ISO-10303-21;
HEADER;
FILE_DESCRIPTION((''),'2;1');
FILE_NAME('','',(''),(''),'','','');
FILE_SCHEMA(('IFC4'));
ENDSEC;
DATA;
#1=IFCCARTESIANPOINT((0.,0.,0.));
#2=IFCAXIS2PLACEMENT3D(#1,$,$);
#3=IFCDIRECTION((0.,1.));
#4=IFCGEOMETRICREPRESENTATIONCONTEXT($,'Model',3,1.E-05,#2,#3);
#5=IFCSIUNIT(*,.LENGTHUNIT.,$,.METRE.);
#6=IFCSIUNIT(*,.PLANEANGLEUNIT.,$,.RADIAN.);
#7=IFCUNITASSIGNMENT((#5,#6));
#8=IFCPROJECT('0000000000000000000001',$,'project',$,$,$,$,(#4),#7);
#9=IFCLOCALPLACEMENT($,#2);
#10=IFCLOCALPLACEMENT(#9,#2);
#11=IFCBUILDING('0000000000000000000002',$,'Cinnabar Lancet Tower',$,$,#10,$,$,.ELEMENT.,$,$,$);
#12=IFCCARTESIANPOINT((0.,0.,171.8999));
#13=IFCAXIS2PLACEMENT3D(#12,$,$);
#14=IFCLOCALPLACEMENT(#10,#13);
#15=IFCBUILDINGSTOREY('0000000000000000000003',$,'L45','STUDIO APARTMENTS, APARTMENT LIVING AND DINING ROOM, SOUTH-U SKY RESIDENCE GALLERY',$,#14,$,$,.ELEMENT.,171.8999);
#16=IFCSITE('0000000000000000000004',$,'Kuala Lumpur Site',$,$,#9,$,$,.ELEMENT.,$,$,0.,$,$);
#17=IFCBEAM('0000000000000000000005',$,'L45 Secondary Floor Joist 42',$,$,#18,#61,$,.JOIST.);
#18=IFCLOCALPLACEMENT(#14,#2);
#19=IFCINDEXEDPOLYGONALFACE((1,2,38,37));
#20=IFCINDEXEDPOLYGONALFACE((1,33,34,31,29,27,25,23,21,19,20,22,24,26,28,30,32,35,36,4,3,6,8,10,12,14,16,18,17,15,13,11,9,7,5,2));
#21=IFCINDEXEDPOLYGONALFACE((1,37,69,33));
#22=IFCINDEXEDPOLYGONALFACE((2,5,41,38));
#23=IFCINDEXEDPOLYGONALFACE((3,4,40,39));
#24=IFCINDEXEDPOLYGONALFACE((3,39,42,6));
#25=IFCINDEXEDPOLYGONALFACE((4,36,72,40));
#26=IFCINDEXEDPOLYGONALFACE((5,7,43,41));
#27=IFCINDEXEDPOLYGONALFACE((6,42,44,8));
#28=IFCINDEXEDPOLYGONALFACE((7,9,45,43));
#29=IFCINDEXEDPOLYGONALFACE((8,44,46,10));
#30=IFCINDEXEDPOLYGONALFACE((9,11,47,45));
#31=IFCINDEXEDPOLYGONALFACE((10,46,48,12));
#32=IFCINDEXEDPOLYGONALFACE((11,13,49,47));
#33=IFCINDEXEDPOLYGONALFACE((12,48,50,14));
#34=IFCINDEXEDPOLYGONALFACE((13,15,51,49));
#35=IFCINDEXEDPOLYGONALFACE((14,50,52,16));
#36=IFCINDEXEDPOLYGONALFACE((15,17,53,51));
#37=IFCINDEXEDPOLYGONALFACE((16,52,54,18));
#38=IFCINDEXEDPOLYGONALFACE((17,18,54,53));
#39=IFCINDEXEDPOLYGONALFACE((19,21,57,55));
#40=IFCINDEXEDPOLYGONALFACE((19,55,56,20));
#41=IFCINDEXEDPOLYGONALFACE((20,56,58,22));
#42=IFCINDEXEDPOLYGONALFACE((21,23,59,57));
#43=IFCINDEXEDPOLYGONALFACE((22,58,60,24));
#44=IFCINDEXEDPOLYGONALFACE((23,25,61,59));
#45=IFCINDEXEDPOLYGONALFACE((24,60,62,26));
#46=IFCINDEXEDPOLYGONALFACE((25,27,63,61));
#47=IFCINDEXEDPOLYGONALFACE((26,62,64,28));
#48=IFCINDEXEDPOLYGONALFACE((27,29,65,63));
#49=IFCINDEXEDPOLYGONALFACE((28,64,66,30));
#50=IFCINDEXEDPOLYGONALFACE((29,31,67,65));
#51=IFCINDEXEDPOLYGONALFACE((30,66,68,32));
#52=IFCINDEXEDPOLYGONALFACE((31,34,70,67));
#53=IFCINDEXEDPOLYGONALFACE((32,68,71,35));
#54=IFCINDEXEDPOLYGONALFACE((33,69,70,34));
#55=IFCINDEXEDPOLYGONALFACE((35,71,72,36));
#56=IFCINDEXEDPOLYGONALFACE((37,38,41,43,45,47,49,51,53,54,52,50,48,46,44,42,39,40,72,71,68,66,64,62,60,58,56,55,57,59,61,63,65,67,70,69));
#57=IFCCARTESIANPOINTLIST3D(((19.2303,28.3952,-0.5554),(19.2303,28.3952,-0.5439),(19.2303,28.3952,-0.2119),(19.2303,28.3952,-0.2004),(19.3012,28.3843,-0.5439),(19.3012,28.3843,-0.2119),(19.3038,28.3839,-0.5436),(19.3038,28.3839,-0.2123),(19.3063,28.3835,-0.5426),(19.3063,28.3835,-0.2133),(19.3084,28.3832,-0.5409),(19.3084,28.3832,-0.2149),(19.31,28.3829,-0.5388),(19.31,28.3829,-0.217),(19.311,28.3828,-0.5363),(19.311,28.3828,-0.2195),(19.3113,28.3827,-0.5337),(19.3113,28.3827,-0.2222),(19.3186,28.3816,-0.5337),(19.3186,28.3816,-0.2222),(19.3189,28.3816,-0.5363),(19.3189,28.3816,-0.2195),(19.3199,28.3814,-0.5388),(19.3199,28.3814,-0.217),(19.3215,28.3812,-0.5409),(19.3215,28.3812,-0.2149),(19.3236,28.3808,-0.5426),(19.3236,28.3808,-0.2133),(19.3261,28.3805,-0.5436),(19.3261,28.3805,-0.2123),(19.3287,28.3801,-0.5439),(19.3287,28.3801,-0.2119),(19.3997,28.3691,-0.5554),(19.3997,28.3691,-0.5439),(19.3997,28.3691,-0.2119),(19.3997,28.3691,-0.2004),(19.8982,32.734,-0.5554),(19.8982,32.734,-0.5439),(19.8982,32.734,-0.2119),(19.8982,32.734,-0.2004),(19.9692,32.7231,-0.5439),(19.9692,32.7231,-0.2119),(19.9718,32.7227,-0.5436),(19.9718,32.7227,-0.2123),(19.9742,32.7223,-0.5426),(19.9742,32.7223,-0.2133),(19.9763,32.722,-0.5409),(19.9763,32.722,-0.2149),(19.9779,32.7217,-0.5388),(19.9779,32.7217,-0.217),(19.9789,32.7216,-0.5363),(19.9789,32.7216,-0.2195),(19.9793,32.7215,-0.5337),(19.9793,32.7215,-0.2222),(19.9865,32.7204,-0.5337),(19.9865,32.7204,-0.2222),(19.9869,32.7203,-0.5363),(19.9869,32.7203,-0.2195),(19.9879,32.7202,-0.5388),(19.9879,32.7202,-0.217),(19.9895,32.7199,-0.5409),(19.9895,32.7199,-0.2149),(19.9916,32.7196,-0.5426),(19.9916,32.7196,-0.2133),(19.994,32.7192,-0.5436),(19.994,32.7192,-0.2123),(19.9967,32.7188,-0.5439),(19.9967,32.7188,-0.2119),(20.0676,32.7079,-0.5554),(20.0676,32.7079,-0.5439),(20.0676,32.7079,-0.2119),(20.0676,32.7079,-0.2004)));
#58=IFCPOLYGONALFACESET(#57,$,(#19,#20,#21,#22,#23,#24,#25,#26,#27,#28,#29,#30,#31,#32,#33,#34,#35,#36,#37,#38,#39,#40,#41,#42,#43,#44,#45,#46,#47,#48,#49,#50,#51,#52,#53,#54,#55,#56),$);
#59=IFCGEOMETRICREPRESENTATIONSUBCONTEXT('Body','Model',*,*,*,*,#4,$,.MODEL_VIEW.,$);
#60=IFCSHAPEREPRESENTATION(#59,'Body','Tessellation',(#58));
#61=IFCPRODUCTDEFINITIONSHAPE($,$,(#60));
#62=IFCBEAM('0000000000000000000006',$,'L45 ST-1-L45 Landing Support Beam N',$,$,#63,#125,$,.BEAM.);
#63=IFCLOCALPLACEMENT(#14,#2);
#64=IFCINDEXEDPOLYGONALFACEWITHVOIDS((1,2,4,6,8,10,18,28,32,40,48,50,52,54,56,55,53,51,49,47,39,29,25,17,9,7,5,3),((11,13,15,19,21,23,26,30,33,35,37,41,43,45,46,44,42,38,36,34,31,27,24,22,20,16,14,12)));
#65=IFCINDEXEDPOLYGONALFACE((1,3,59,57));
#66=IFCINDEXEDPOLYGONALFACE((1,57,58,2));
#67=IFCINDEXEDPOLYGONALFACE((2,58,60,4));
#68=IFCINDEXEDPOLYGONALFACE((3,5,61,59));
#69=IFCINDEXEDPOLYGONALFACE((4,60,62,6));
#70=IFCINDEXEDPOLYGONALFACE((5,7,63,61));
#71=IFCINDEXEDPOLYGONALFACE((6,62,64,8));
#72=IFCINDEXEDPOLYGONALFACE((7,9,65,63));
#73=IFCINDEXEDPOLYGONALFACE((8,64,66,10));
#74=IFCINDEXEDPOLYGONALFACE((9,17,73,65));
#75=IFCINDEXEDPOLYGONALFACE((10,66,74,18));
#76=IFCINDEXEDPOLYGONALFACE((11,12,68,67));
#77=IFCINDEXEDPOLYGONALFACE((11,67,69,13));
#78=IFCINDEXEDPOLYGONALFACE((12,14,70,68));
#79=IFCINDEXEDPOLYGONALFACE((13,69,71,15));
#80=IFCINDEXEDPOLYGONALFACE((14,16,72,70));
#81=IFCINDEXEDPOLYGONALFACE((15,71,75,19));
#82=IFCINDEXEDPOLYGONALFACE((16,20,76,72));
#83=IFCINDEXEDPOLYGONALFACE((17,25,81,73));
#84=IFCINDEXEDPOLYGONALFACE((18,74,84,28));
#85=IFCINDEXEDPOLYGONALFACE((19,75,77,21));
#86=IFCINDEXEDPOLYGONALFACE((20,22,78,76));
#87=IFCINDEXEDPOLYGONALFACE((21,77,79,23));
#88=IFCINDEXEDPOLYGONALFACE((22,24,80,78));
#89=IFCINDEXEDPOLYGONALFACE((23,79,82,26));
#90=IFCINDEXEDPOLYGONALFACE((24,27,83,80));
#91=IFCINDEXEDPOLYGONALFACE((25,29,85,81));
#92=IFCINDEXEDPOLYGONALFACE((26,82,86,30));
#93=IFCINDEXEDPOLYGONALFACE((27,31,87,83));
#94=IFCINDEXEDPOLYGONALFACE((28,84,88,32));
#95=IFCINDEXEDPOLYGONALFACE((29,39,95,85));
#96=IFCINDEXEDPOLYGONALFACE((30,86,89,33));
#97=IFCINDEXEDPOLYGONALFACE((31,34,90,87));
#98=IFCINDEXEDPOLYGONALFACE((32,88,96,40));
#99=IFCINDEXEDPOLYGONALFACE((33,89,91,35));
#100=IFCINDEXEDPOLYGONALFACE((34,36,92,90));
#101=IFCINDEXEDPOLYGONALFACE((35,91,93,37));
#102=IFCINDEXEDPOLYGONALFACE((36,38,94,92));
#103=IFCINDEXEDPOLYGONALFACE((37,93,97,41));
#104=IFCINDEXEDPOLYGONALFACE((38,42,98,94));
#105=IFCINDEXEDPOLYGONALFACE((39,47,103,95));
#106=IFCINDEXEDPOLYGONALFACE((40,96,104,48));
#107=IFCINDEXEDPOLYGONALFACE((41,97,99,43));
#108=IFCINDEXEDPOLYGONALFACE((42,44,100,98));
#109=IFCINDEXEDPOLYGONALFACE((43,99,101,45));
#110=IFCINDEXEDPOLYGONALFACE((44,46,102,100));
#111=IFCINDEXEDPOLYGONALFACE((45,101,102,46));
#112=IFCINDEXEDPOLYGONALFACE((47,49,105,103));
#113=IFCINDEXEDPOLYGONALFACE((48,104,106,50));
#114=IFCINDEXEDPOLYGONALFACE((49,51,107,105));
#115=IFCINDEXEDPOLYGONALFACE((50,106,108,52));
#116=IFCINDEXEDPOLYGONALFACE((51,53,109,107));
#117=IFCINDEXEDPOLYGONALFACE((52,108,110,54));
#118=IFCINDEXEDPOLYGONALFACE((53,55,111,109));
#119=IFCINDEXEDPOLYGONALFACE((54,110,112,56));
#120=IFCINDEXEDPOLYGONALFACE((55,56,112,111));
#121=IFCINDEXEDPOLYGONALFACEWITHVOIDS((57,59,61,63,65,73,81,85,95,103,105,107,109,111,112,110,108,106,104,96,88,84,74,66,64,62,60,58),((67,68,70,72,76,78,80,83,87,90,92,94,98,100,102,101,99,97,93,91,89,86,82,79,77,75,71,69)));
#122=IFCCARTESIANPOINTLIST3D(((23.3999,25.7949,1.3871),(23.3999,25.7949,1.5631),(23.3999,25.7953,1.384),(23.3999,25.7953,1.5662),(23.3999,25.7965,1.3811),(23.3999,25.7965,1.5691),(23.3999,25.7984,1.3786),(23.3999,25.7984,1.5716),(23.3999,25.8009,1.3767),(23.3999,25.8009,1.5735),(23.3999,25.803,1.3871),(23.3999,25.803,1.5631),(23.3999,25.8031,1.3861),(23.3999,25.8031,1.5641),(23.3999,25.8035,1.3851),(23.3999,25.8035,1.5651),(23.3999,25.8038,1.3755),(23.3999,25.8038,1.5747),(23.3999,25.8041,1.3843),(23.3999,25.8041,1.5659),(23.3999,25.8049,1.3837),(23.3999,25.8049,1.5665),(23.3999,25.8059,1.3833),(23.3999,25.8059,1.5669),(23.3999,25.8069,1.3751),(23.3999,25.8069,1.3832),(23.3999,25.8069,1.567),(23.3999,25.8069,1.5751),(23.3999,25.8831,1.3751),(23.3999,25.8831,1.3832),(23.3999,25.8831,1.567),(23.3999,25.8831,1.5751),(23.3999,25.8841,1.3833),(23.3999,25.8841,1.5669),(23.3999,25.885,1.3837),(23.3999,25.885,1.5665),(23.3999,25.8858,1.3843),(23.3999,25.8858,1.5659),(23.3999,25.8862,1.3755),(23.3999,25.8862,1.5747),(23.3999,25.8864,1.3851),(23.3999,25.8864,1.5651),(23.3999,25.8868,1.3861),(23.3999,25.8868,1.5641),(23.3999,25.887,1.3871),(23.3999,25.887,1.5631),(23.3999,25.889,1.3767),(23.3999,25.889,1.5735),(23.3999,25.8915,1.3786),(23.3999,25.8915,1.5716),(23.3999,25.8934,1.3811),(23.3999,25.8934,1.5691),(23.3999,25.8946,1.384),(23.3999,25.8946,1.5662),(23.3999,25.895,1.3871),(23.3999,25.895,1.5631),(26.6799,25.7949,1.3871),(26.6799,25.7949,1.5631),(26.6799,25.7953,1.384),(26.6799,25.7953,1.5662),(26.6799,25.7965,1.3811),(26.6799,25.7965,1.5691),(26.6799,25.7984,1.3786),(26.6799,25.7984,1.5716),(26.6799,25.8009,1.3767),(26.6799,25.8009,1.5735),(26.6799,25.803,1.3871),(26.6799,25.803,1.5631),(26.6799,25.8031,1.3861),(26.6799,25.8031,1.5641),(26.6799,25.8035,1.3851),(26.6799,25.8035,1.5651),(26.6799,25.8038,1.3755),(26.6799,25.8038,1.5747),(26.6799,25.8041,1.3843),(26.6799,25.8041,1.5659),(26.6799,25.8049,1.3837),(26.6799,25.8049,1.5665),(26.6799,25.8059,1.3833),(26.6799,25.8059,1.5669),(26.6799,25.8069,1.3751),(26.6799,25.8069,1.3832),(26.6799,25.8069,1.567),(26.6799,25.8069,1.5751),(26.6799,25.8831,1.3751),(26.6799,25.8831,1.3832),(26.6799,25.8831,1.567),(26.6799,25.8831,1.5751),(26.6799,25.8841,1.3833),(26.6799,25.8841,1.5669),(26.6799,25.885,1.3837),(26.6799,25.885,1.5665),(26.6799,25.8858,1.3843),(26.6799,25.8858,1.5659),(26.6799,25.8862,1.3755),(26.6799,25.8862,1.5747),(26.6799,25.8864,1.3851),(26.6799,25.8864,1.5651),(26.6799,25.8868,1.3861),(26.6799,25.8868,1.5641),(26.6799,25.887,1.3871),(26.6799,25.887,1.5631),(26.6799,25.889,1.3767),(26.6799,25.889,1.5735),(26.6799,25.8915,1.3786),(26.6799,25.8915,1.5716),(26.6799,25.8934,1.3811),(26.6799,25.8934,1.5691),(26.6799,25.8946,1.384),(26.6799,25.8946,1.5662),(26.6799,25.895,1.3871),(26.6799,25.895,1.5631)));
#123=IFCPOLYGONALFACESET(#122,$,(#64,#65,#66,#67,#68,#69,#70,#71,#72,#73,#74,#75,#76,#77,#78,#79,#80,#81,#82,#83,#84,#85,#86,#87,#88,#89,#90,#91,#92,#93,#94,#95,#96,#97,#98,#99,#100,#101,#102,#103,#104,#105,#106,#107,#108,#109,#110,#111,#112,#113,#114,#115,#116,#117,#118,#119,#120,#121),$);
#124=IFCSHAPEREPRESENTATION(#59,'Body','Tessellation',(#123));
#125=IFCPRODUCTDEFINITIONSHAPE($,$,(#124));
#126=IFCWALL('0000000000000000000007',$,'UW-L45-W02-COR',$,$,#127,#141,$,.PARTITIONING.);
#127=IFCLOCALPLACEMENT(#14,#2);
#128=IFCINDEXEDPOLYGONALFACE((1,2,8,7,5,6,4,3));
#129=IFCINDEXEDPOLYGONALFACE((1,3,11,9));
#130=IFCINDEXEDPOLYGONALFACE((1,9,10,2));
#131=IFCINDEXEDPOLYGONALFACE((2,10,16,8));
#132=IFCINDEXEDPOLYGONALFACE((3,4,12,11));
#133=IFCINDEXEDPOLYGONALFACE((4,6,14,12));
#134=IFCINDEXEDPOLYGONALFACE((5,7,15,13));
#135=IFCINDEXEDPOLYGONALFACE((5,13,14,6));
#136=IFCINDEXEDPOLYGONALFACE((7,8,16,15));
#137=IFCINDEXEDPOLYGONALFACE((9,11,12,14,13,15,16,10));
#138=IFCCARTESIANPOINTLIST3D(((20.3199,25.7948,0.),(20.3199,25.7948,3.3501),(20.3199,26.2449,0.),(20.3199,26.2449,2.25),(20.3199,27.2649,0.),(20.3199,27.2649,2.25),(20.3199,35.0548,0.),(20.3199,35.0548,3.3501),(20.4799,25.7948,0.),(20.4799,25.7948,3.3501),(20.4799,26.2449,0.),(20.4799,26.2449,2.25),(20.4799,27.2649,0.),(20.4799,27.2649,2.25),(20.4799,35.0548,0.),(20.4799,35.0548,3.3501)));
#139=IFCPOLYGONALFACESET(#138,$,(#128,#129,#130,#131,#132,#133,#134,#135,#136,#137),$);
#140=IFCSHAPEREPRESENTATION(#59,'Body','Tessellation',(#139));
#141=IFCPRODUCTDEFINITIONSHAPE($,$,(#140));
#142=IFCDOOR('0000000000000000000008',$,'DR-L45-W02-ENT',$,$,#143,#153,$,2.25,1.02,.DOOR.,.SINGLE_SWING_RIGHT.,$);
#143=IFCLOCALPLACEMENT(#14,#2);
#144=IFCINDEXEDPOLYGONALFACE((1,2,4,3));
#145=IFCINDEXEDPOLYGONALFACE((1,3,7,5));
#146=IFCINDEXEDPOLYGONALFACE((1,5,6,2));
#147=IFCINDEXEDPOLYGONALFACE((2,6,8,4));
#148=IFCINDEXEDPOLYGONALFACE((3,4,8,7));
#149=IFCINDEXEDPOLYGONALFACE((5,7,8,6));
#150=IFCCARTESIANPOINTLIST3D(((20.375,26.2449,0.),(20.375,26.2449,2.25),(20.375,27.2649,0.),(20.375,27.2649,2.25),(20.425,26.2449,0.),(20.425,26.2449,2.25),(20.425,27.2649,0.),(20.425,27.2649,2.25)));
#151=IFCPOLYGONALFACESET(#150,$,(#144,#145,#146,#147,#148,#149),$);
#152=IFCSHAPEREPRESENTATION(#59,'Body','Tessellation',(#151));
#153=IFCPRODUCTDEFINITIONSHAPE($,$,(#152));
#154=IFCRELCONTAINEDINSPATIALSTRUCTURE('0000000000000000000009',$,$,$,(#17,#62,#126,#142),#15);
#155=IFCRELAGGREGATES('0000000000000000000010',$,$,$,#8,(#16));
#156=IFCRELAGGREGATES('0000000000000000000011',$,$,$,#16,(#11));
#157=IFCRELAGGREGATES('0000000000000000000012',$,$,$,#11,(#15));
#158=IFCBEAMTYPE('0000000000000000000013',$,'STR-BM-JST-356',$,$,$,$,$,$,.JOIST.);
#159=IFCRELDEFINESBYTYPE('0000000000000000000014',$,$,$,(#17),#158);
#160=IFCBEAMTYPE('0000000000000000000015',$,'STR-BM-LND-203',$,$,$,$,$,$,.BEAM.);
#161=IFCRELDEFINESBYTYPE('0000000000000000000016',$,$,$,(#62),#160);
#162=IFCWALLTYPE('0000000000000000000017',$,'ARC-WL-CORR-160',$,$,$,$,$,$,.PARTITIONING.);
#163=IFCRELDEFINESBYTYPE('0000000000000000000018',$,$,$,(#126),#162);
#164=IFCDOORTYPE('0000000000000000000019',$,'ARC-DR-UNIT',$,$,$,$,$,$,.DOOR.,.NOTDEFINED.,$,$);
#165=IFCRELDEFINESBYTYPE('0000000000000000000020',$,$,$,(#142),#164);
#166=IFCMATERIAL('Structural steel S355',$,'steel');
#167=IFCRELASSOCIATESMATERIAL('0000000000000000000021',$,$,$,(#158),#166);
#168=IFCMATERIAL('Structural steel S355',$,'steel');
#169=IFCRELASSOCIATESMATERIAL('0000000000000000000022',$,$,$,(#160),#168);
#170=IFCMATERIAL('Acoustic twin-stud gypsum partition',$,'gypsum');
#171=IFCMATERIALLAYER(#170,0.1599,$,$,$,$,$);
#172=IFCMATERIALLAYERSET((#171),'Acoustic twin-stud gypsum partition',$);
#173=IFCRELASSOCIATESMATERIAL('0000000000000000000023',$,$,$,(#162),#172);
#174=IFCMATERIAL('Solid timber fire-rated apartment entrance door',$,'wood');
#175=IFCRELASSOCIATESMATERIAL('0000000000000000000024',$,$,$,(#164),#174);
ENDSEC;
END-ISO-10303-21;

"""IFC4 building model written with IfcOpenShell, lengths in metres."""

from ifc_helpers import new_model, si_unit, direction, frame, frame_2d, origin, origin_2d, place, context, subcontext, project, spatial, rectangle, hollow_rectangle, i_section, extrude, material, layer, layer_set, material_profile, profile_set, type_object, element, fill, save


model = new_model("IFC4")

# Units and contexts
model_context = context("Model", 3, precision=1e-05, world=origin(), true_north=direction((0.0, 1.0)))
body_context = subcontext(model_context, "Body", "Model", "MODEL_VIEW")
ifc_project = project(units=[si_unit("LENGTHUNIT", "METRE"), si_unit("PLANEANGLEUNIT", "RADIAN")], contexts=[model_context])

# Site, building, storey
site_placement = place(None, origin())
site = spatial("IfcSite", under=ifc_project, at=site_placement, Name="Kuala Lumpur Site", CompositionType="ELEMENT", RefElevation=0.0)
building_placement = place(site_placement, origin())
building = spatial("IfcBuilding", under=site, at=building_placement, Name="Cinnabar Lancet Tower", CompositionType="ELEMENT")
storey_placement = place(building_placement, frame((0.0, 0.0, 171.8999)))
storey = spatial("IfcBuildingStorey", under=building, at=storey_placement, Name="L45", Description="STUDIO APARTMENTS, APARTMENT LIVING AND DINING ROOM, SOUTH-U SKY RESIDENCE GALLERY", CompositionType="ELEMENT", Elevation=171.8999)

# Beams
ifc_material_1 = material(Name="Structural steel S355", Category="steel")
ifc_material_profile_1 = material_profile(ifc_material_1, i_section(OverallWidth=0.1714, OverallDepth=0.355, WebThickness=0.0073, FlangeThickness=0.0115, FilletRadius=0.0103, at=origin_2d()), Name="UKB 356x171x51")
ifc_profile_set_1 = profile_set([ifc_material_profile_1], Name="Structural steel S355")
beam_type_1 = type_object("IfcBeamType", Name="STR-BM-JST-356", PredefinedType="JOIST", material=ifc_profile_set_1)
beam_1_placement = place(storey_placement, frame((19.9829, 32.7209, -0.3779), z_axis=(-0.152157, -0.988356, 0.0), x_axis=(0.988356, -0.152157, 0.0)))
element("IfcBeam", 1, at=beam_1_placement, inside=storey, type_object=beam_type_1, Name="L45 Secondary Floor Joist 42", PredefinedType="JOIST", context=body_context, shape_type="SweptSolid", body=[
    extrude(i_section(OverallWidth=0.1714, OverallDepth=0.355, WebThickness=0.0073, FlangeThickness=0.0115, FilletRadius=0.0103, at=origin_2d()), origin(), (0.0, 0.0, 1.0), 4.3899),
])
ifc_material_2 = material(Name="Structural steel S355", Category="steel")
ifc_material_profile_2 = material_profile(ifc_material_2, hollow_rectangle(XDim=0.1001, YDim=0.2, WallThickness=0.0081, InnerFilletRadius=0.0039, OuterFilletRadius=0.012, at=origin_2d()), Name="RHS 200x100x8")
ifc_profile_set_2 = profile_set([ifc_material_profile_2], Name="Structural steel S355")
beam_type_2 = type_object("IfcBeamType", Name="STR-BM-LND-203", PredefinedType="BEAM", material=ifc_profile_set_2)
beam_2_placement = place(storey_placement, frame((23.3999, 25.845, 1.4751), z_axis=(1.0, 0.0, 0.0), x_axis=(0.0, 1.0, 0.0)))
element("IfcBeam", 2, at=beam_2_placement, inside=storey, type_object=beam_type_2, Name="L45 ST-1-L45 Landing Support Beam N", PredefinedType="BEAM", context=body_context, shape_type="SweptSolid", body=[
    extrude(hollow_rectangle(XDim=0.1001, YDim=0.2, WallThickness=0.0081, InnerFilletRadius=0.0039, OuterFilletRadius=0.012, at=origin_2d()), origin(), (0.0, 0.0, 1.0), 3.28),
])

# Wall, opening, door
ifc_material_3 = material(Name="Acoustic twin-stud gypsum partition", Category="gypsum")
ifc_layer_1 = layer(ifc_material_3, 0.1599)
ifc_layer_set_1 = layer_set([ifc_layer_1], Name="Acoustic twin-stud gypsum partition")
wall_type_1 = type_object("IfcWallType", Name="ARC-WL-CORR-160", PredefinedType="PARTITIONING", material=ifc_layer_set_1)
wall_1_placement = place(storey_placement, frame((20.3999, 25.7949, 0.0), z_axis=(0.0, 0.0, 1.0), x_axis=(0.0, 1.0, 0.0)))
wall_1 = element("IfcWall", 3, at=wall_1_placement, inside=storey, type_object=wall_type_1, Name="UW-L45-W02-COR", PredefinedType="PARTITIONING", context=body_context, shape_type="SweptSolid", body=[
    extrude(rectangle(XDim=9.26, YDim=0.1599, at=frame_2d((4.6299, 0.0))), origin(), (0.0, 0.0, 1.0), 3.3501),
])
opening_1_placement = place(wall_1_placement, frame((0.45, 0.0, 0.0)))
opening_1 = element("IfcOpeningElement", 4, at=opening_1_placement, cuts=wall_1, PredefinedType="OPENING", context=body_context, shape_type="SweptSolid", body=[
    extrude(rectangle(XDim=1.02, YDim=2.25, at=frame_2d((0.51, 1.125))), frame((0.0, 0.0898, 0.0), z_axis=(0.0, -1.0, 0.0), x_axis=(1.0, 0.0, 0.0)), (0.0, 0.0, 1.0), 0.1799),
])
ifc_material_4 = material(Name="Solid timber fire-rated apartment entrance door", Category="wood")
door_type_1 = type_object("IfcDoorType", Name="ARC-DR-UNIT", OperationType="NOTDEFINED", PredefinedType="DOOR", material=ifc_material_4)
door_1_placement = place(opening_1_placement, origin())
door_1 = element("IfcDoor", 5, at=door_1_placement, inside=storey, type_object=door_type_1, Name="DR-L45-W02-ENT", OperationType="SINGLE_SWING_RIGHT", OverallHeight=2.25, OverallWidth=1.02, PredefinedType="DOOR", context=body_context, shape_type="SweptSolid", body=[
    extrude(rectangle(XDim=1.02, YDim=2.25, at=frame_2d((0.51, 1.125))), frame((0.0, 0.0249, 0.0), z_axis=(0.0, -1.0, 0.0), x_axis=(1.0, 0.0, 0.0)), (0.0, 0.0, 1.0), 0.05),
])
fill(opening_1, door_1)

save(model, "model.ifc")
